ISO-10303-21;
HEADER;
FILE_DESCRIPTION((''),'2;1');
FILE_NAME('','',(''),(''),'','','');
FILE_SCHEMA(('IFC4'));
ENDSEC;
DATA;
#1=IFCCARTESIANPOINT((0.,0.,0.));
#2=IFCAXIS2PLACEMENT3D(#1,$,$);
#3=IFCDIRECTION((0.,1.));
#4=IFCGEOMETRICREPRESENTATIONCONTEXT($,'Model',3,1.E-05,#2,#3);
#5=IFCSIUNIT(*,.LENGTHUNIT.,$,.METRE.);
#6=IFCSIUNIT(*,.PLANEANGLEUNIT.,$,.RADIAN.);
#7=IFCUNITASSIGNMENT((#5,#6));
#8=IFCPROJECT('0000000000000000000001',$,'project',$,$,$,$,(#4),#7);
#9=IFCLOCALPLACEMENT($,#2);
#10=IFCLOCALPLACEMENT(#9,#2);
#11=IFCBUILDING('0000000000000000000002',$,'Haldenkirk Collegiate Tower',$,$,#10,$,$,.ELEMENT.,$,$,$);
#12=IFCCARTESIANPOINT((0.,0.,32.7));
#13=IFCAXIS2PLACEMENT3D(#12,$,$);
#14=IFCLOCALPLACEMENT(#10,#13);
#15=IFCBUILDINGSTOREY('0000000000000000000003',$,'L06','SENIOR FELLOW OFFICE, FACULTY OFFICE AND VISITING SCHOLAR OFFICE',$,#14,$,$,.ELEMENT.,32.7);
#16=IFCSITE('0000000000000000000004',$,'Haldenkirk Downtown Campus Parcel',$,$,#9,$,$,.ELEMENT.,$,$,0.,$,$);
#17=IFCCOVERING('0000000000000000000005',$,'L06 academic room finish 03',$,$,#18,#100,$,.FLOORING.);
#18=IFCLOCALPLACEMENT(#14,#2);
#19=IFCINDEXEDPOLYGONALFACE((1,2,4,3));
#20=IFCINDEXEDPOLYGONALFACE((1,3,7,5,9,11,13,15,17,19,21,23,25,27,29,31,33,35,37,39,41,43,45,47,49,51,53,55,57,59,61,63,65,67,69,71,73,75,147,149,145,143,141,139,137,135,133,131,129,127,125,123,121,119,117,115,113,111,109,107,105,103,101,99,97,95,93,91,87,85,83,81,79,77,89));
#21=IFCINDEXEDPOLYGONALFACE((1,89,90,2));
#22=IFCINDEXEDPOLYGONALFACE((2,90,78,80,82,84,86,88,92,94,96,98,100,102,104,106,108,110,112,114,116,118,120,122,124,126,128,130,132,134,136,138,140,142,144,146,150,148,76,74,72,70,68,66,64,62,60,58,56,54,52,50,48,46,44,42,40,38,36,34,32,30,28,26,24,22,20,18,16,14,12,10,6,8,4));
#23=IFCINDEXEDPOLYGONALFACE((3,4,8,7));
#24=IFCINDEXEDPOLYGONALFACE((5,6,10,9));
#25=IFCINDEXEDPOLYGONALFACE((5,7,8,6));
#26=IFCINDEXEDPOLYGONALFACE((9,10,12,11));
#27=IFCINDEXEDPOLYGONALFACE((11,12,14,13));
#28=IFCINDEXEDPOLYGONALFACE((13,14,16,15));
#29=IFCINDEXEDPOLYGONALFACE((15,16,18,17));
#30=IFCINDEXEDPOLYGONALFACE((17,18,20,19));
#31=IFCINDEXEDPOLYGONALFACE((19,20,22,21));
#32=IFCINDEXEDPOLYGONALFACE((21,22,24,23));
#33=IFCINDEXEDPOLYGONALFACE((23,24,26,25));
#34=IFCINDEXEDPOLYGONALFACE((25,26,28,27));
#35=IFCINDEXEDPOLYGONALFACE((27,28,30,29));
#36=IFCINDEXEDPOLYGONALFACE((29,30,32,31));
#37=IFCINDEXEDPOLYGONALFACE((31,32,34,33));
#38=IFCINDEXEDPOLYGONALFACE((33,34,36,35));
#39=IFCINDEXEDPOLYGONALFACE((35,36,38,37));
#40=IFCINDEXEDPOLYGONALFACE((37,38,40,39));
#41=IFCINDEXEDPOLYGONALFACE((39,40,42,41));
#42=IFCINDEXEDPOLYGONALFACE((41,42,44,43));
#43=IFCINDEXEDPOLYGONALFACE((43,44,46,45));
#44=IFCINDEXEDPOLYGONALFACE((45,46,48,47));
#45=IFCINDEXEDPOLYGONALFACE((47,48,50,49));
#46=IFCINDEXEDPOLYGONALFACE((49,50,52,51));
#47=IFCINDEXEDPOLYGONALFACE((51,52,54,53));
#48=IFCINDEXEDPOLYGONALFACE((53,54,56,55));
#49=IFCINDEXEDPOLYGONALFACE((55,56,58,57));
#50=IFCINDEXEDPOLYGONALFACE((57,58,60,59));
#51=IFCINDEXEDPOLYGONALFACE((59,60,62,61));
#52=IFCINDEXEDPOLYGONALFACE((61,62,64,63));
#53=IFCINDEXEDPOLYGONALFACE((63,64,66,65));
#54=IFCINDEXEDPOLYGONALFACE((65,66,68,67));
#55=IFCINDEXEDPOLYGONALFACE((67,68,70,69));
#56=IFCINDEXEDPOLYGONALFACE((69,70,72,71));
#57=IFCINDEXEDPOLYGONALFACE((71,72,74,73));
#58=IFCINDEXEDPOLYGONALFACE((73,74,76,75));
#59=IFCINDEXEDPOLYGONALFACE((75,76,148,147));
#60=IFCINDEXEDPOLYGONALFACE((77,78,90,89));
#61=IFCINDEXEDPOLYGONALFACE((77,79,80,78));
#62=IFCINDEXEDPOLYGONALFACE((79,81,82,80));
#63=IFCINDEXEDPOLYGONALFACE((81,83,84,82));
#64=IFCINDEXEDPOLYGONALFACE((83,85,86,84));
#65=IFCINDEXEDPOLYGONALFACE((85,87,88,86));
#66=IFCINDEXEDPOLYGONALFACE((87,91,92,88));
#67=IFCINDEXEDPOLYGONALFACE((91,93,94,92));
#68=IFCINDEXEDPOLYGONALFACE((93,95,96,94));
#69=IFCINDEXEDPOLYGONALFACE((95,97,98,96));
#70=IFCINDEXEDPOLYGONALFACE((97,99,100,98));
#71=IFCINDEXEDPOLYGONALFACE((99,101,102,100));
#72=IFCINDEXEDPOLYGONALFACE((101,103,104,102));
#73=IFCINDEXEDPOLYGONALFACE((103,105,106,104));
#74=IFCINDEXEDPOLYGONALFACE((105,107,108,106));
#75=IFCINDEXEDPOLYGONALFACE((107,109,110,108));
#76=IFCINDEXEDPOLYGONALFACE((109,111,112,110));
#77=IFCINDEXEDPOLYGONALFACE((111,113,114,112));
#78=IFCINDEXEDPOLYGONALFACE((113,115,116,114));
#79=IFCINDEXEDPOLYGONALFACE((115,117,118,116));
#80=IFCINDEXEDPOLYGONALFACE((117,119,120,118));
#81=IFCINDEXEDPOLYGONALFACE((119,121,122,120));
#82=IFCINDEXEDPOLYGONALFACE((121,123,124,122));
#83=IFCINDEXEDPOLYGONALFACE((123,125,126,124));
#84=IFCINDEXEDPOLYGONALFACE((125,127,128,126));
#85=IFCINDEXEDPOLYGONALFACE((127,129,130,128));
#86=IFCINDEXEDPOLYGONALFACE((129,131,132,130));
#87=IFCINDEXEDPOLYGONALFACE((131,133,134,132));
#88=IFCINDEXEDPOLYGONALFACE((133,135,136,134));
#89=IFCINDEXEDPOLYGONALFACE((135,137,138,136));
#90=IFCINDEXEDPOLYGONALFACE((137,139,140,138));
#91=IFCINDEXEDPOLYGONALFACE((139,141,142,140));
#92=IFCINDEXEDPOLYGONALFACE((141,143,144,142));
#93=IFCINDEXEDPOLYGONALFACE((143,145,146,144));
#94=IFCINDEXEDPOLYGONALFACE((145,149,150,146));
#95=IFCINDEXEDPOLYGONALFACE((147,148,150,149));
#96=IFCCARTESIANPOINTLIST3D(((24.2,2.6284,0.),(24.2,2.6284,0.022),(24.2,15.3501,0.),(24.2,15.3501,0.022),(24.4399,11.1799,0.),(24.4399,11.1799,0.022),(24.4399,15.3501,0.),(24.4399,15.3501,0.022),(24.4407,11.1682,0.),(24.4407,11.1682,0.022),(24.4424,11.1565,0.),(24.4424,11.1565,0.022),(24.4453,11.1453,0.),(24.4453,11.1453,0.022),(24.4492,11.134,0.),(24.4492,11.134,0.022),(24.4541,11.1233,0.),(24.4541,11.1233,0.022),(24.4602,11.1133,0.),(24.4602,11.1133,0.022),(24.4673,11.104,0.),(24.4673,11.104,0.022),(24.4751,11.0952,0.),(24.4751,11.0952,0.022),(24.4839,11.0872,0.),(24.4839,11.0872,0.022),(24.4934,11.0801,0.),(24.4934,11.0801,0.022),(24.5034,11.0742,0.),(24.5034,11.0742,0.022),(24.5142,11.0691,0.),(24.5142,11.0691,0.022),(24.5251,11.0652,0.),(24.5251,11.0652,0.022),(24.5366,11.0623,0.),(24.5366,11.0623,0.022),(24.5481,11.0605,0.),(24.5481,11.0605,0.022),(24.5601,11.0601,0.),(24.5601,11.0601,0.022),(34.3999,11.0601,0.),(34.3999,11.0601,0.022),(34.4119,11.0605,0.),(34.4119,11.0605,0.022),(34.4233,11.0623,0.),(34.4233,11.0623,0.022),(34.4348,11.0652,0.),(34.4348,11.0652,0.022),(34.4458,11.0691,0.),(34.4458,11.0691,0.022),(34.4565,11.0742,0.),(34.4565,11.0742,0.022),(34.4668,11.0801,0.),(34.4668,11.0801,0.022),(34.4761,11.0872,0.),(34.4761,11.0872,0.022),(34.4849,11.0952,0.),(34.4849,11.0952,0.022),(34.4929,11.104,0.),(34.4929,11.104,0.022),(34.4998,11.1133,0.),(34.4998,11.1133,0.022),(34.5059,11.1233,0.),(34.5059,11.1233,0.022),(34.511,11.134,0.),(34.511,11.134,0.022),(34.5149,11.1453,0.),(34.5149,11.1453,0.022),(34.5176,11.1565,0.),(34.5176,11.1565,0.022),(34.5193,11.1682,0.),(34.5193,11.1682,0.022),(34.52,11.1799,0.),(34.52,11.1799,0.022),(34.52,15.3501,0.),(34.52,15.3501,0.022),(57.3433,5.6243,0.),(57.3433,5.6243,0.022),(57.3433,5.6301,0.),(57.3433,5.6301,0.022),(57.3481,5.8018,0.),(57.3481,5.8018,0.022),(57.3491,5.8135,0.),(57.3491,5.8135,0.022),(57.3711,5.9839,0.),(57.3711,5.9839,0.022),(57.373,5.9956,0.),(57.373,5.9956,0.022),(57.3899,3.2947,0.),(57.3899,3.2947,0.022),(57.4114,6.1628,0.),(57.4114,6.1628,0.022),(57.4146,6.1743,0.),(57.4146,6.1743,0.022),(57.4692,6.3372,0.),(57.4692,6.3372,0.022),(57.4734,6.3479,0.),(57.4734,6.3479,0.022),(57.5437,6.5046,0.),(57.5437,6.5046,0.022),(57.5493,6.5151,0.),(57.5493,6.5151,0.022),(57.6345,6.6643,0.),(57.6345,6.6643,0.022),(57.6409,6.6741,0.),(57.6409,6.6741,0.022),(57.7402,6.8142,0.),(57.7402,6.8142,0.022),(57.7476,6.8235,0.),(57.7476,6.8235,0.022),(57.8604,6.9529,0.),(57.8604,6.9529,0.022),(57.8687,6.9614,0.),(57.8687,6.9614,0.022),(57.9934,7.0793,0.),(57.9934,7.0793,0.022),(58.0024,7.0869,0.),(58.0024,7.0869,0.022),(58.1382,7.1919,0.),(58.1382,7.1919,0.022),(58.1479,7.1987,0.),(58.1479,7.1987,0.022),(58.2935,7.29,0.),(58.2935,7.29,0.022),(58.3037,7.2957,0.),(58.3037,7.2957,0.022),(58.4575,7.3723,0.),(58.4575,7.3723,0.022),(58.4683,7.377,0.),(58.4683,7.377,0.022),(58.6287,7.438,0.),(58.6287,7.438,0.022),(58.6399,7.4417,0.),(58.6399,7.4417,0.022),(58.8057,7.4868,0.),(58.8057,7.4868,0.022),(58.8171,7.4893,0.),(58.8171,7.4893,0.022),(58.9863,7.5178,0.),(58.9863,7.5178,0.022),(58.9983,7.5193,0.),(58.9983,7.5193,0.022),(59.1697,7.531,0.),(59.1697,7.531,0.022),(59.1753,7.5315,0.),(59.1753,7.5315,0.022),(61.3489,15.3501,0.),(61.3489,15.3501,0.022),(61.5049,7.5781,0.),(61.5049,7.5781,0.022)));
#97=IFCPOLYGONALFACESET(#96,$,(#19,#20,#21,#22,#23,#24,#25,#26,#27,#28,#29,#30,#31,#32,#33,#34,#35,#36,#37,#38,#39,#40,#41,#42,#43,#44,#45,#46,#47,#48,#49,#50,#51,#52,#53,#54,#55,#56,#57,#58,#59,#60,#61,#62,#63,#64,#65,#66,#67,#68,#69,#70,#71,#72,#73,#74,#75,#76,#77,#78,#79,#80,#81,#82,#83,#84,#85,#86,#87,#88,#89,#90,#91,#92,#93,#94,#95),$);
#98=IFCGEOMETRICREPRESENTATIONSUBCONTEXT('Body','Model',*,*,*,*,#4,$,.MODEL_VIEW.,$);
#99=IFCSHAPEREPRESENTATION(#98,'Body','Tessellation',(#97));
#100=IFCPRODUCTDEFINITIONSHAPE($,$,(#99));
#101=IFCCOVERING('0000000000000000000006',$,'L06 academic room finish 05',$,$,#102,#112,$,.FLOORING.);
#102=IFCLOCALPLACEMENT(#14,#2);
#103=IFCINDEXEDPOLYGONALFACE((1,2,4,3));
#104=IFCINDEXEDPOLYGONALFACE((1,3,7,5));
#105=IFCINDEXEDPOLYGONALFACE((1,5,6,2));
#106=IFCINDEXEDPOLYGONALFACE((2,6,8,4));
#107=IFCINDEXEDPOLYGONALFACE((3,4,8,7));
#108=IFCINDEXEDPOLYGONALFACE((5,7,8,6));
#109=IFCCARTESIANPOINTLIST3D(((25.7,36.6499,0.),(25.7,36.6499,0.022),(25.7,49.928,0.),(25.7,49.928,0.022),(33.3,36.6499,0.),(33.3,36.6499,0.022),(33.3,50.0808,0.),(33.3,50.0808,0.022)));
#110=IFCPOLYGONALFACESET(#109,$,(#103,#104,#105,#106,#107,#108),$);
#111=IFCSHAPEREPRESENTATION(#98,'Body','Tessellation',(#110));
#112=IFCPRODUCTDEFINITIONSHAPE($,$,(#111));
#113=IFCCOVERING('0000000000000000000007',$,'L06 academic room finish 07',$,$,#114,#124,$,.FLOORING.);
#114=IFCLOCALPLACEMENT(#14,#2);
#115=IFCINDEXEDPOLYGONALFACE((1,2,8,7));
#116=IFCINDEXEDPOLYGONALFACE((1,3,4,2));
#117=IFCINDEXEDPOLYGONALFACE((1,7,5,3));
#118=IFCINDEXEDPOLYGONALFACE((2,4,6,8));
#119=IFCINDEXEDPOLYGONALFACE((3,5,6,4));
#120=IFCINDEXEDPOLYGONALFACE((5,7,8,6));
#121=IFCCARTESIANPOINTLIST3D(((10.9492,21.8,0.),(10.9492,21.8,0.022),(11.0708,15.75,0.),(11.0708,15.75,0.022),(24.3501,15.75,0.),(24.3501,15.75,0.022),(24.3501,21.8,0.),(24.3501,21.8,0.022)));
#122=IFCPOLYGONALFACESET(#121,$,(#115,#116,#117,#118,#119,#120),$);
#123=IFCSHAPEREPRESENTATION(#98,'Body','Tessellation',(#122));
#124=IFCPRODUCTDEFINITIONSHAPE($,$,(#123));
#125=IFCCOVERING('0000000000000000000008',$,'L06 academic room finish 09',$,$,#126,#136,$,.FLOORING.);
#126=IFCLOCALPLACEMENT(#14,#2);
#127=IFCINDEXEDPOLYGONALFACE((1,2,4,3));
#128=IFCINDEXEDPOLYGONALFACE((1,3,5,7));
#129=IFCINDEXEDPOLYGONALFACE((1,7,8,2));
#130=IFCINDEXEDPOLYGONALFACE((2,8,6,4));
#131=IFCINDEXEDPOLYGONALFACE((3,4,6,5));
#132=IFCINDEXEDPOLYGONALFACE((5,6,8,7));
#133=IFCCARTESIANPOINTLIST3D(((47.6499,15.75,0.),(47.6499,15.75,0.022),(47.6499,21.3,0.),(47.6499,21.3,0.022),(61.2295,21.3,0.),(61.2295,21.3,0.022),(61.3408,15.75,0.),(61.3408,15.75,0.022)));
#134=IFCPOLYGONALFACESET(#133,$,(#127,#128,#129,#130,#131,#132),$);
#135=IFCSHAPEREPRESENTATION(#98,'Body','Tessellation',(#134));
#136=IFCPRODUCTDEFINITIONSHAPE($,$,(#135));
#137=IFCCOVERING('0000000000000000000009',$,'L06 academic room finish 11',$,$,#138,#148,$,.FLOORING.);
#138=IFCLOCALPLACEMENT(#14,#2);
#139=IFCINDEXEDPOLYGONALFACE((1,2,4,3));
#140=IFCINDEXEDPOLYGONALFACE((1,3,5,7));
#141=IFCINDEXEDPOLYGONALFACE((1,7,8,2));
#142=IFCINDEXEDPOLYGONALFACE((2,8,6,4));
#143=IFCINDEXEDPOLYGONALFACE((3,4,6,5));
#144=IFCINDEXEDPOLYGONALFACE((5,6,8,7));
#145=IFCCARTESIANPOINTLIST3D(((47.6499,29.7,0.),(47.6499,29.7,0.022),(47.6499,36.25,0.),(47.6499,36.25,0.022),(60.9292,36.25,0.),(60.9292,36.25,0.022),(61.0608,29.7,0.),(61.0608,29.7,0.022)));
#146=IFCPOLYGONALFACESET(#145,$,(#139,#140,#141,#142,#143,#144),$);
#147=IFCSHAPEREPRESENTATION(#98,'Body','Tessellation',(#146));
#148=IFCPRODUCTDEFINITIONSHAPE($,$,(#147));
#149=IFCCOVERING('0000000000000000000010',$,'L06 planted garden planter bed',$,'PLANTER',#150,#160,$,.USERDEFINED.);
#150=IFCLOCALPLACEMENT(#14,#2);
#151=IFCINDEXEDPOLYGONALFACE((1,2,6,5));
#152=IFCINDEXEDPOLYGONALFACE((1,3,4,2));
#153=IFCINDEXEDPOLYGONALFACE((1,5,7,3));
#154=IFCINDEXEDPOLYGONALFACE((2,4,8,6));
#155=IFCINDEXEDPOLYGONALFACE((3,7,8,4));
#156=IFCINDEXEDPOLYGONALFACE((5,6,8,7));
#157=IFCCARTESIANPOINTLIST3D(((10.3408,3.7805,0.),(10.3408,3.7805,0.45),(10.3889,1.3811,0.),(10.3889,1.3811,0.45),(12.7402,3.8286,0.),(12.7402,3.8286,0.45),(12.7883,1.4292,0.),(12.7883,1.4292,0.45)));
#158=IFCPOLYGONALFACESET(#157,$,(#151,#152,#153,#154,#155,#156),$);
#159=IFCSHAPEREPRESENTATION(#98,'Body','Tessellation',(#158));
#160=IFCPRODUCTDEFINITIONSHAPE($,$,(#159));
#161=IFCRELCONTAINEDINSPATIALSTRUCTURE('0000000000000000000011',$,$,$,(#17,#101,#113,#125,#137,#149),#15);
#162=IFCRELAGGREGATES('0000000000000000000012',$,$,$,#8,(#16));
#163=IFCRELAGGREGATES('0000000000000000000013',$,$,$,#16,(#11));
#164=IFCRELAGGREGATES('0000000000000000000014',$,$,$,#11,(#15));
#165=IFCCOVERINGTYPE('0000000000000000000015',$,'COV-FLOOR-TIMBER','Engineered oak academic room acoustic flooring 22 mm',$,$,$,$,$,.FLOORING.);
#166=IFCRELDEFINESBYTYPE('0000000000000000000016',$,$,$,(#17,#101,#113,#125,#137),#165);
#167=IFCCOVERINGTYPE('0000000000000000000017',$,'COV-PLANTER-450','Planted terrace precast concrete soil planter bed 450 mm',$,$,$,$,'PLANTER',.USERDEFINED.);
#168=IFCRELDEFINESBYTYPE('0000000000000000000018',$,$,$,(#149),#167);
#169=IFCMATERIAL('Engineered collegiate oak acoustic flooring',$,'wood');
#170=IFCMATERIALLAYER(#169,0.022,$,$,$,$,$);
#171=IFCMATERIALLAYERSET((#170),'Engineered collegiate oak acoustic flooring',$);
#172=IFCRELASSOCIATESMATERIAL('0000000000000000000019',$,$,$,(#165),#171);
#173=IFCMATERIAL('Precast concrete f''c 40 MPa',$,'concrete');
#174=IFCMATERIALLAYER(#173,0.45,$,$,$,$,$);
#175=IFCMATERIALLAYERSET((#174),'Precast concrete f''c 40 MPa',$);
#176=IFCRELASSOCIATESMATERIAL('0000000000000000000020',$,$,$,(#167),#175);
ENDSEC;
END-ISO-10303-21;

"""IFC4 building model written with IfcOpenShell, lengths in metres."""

from ifc_helpers import new_model, si_unit, direction, frame, origin, place, context, subcontext, project, spatial, polyline, outline, extrude, material, layer, layer_set, type_object, element, save


model = new_model("IFC4")

# Units and contexts
model_context = context("Model", 3, precision=1e-05, world=origin(), true_north=direction((0.0, 1.0)))
body_context = subcontext(model_context, "Body", "Model", "MODEL_VIEW")
ifc_project = project(units=[si_unit("LENGTHUNIT", "METRE"), si_unit("PLANEANGLEUNIT", "RADIAN")], contexts=[model_context])

# Site, building, storey
site_placement = place(None, origin())
site = spatial("IfcSite", under=ifc_project, at=site_placement, Name="Haldenkirk Downtown Campus Parcel", CompositionType="ELEMENT", RefElevation=0.0)
building_placement = place(site_placement, origin())
building = spatial("IfcBuilding", under=site, at=building_placement, Name="Haldenkirk Collegiate Tower", CompositionType="ELEMENT")
storey_placement = place(building_placement, frame((0.0, 0.0, 32.7)))
storey = spatial("IfcBuildingStorey", under=building, at=storey_placement, Name="L06", Description="SENIOR FELLOW OFFICE, FACULTY OFFICE AND VISITING SCHOLAR OFFICE", CompositionType="ELEMENT", Elevation=32.7)

# Shared definitions
ifc_material_1 = material(Name="Precast concrete f'c 40 MPa", Category="concrete")

# Coverings
ifc_material_2 = material(Name="Engineered collegiate oak acoustic flooring", Category="wood")
ifc_layer_1 = layer(ifc_material_2, 0.022)
ifc_layer_set_1 = layer_set([ifc_layer_1], Name="Engineered collegiate oak acoustic flooring")
covering_type_1 = type_object("IfcCoveringType", Name="COV-FLOOR-TIMBER", Description="Engineered oak academic room acoustic flooring 22 mm", PredefinedType="FLOORING", material=ifc_layer_set_1)
covering_1_placement = place(storey_placement, origin())
element("IfcCovering", 1, at=covering_1_placement, inside=storey, type_object=covering_type_1, Name="L06 academic room finish 03", PredefinedType="FLOORING", context=body_context, shape_type="SweptSolid", body=[
    extrude(outline(polyline([(24.4399, 11.1799), (24.4407, 11.1682), (24.4424, 11.1565), (24.4453, 11.1453), (24.4492, 11.134), (24.4541, 11.1233), (24.4602, 11.1133), (24.4673, 11.104), (24.4751, 11.0952), (24.4839, 11.0872), (24.4934, 11.0801), (24.5034, 11.0742), (24.5142, 11.0691), (24.5251, 11.0652), (24.5366, 11.0623), (24.5481, 11.0605), (24.5601, 11.0601), (34.3999, 11.0601), (34.4119, 11.0605), (34.4233, 11.0623), (34.4348, 11.0652), (34.4458, 11.0691), (34.4565, 11.0742), (34.4668, 11.0801), (34.4761, 11.0872), (34.4849, 11.0952), (34.4929, 11.104), (34.4998, 11.1133), (34.5059, 11.1233), (34.511, 11.134), (34.5149, 11.1453), (34.5176, 11.1565), (34.5193, 11.1682), (34.52, 11.1799), (34.52, 15.3501), (61.3489, 15.3501), (61.5049, 7.5781), (59.1753, 7.5315), (59.1697, 7.531), (58.9983, 7.5193), (58.9863, 7.5178), (58.8171, 7.4893), (58.8057, 7.4868), (58.6399, 7.4417), (58.6287, 7.438), (58.4683, 7.377), (58.4575, 7.3723), (58.3037, 7.2957), (58.2935, 7.29), (58.1479, 7.1987), (58.1382, 7.1919), (58.0024, 7.0869), (57.9934, 7.0793), (57.8687, 6.9614), (57.8604, 6.9529), (57.7476, 6.8235), (57.7402, 6.8142), (57.6409, 6.6741), (57.6345, 6.6643), (57.5493, 6.5151), (57.5437, 6.5046), (57.4734, 6.3479), (57.4692, 6.3372), (57.4146, 6.1743), (57.4114, 6.1628), (57.373, 5.9956), (57.3711, 5.9839), (57.3491, 5.8135), (57.3481, 5.8018), (57.3433, 5.6301), (57.3433, 5.6243), (57.3899, 3.2947), (24.2, 2.6284), (24.2, 15.3501), (24.4399, 15.3501), (24.4399, 11.1799)])), origin(), (0.0, 0.0, 1.0), 0.022),
])
covering_2_placement = place(storey_placement, origin())
element("IfcCovering", 2, at=covering_2_placement, inside=storey, type_object=covering_type_1, Name="L06 academic room finish 05", PredefinedType="FLOORING", context=body_context, shape_type="SweptSolid", body=[
    extrude(outline(polyline([(33.3, 50.0808), (33.3, 36.6499), (25.7, 36.6499), (25.7, 49.928), (33.3, 50.0808)])), origin(), (0.0, 0.0, 1.0), 0.022),
])
covering_3_placement = place(storey_placement, origin())
element("IfcCovering", 3, at=covering_3_placement, inside=storey, type_object=covering_type_1, Name="L06 academic room finish 07", PredefinedType="FLOORING", context=body_context, shape_type="SweptSolid", body=[
    extrude(outline(polyline([(10.9492, 21.8), (24.3501, 21.8), (24.3501, 15.75), (11.0708, 15.75), (10.9492, 21.8)])), origin(), (0.0, 0.0, 1.0), 0.022),
])
covering_4_placement = place(storey_placement, origin())
element("IfcCovering", 4, at=covering_4_placement, inside=storey, type_object=covering_type_1, Name="L06 academic room finish 09", PredefinedType="FLOORING", context=body_context, shape_type="SweptSolid", body=[
    extrude(outline(polyline([(61.3408, 15.75), (47.6499, 15.75), (47.6499, 21.3), (61.2295, 21.3), (61.3408, 15.75)])), origin(), (0.0, 0.0, 1.0), 0.022),
])
covering_5_placement = place(storey_placement, origin())
element("IfcCovering", 5, at=covering_5_placement, inside=storey, type_object=covering_type_1, Name="L06 academic room finish 11", PredefinedType="FLOORING", context=body_context, shape_type="SweptSolid", body=[
    extrude(outline(polyline([(61.0608, 29.7), (47.6499, 29.7), (47.6499, 36.25), (60.9292, 36.25), (61.0608, 29.7)])), origin(), (0.0, 0.0, 1.0), 0.022),
])
ifc_layer_2 = layer(ifc_material_1, 0.45)
ifc_layer_set_2 = layer_set([ifc_layer_2], Name="Precast concrete f'c 40 MPa")
covering_type_2 = type_object("IfcCoveringType", Name="COV-PLANTER-450", Description="Planted terrace precast concrete soil planter bed 450 mm", ElementType="PLANTER", PredefinedType="USERDEFINED", material=ifc_layer_set_2)
covering_6_placement = place(storey_placement, origin())
element("IfcCovering", 6, at=covering_6_placement, inside=storey, type_object=covering_type_2, Name="L06 planted garden planter bed", ObjectType="PLANTER", PredefinedType="USERDEFINED", context=body_context, shape_type="SweptSolid", body=[
    extrude(outline(polyline([(10.3889, 1.3811), (10.3408, 3.7805), (12.7402, 3.8286), (12.7883, 1.4292), (10.3889, 1.3811)])), origin(), (0.0, 0.0, 1.0), 0.45),
])

save(model, "model.ifc")
